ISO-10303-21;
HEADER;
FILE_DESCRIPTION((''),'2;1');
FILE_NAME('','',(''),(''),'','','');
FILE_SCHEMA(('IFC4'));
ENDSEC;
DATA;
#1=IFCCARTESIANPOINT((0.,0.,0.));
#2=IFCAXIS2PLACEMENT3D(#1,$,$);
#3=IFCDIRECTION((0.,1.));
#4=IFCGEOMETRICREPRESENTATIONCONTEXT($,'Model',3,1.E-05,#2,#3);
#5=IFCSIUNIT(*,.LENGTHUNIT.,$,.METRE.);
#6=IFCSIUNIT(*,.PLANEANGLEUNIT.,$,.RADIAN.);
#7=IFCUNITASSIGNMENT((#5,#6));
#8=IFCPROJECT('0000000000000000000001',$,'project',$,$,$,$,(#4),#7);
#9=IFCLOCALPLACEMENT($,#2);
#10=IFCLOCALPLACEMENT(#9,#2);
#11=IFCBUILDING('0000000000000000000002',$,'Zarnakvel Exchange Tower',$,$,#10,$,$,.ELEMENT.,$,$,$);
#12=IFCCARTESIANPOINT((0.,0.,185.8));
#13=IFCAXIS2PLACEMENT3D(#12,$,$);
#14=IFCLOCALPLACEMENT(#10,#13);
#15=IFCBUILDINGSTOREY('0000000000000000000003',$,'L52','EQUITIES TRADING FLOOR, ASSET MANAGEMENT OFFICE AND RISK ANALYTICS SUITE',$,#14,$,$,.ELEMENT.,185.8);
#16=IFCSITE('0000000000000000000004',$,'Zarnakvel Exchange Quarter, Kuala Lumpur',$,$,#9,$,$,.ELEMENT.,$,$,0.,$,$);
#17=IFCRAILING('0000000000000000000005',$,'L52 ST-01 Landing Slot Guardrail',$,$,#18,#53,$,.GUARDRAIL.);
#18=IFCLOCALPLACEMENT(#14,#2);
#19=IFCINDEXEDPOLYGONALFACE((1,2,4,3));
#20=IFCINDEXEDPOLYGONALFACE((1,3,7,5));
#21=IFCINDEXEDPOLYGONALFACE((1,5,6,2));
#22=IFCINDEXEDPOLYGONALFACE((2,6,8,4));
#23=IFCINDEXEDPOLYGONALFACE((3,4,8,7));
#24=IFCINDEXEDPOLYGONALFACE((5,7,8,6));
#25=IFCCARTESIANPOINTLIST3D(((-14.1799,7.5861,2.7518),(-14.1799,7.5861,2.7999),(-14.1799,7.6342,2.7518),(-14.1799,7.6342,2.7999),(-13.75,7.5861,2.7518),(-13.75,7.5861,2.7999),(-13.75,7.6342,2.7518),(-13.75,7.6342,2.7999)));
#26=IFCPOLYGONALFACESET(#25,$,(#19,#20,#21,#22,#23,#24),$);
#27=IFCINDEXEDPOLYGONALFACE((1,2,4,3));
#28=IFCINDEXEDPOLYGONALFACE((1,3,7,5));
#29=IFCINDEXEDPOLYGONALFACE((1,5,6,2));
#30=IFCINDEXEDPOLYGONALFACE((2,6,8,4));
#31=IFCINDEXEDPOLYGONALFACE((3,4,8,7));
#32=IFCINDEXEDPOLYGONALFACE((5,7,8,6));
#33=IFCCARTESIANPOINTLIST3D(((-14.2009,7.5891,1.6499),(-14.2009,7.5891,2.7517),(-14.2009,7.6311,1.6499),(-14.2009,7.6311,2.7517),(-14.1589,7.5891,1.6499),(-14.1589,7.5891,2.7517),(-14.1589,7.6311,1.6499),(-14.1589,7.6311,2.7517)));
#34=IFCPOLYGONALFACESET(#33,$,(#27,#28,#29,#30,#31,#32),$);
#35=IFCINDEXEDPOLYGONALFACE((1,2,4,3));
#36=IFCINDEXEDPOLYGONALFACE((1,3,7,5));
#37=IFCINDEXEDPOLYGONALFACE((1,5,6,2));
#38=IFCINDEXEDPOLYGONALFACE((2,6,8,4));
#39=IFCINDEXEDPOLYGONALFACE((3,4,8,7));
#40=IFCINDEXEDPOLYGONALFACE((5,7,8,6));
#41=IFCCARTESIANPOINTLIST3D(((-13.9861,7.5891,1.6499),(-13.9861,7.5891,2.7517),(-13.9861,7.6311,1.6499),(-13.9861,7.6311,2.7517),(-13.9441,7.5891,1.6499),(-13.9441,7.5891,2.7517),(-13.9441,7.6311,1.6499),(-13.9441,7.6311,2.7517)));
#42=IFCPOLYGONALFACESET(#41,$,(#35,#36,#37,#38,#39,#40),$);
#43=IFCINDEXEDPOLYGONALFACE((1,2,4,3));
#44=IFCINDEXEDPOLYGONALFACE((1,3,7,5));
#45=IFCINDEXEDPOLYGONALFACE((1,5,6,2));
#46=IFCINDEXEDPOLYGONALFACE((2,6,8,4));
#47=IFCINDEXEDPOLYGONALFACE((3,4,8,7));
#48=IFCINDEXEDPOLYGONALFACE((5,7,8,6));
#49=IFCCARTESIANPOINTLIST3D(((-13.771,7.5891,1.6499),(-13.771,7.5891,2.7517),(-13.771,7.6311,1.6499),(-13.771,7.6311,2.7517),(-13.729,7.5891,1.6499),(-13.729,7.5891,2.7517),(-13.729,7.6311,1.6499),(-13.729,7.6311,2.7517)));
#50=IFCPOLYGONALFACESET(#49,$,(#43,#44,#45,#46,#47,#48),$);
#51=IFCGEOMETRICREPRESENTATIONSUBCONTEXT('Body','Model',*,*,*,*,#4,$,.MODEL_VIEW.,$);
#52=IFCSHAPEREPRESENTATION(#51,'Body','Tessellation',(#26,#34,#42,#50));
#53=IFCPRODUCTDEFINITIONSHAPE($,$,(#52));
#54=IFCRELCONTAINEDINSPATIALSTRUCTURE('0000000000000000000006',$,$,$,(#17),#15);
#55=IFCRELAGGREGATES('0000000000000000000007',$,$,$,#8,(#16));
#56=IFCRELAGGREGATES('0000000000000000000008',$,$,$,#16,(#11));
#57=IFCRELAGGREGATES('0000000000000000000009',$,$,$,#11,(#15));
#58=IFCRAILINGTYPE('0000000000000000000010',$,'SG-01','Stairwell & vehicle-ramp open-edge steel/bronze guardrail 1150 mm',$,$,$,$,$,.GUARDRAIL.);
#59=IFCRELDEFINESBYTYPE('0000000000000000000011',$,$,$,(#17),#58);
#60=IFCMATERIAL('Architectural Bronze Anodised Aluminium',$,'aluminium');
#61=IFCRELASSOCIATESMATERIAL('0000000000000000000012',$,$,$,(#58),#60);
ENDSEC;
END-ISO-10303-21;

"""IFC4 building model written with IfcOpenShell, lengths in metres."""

from ifc_helpers import new_model, si_unit, direction, frame, origin, origin_2d, place, context, subcontext, project, spatial, rectangle, extrude, material, type_object, element, save


model = new_model("IFC4")

# Units and contexts
model_context = context("Model", 3, precision=1e-05, world=origin(), true_north=direction((0.0, 1.0)))
body_context = subcontext(model_context, "Body", "Model", "MODEL_VIEW")
ifc_project = project(units=[si_unit("LENGTHUNIT", "METRE"), si_unit("PLANEANGLEUNIT", "RADIAN")], contexts=[model_context])

# Site, building, storey
site_placement = place(None, origin())
site = spatial("IfcSite", under=ifc_project, at=site_placement, Name="Zarnakvel Exchange Quarter, Kuala Lumpur", CompositionType="ELEMENT", RefElevation=0.0)
building_placement = place(site_placement, origin())
building = spatial("IfcBuilding", under=site, at=building_placement, Name="Zarnakvel Exchange Tower", CompositionType="ELEMENT")
storey_placement = place(building_placement, frame((0.0, 0.0, 185.8)))
storey = spatial("IfcBuildingStorey", under=building, at=storey_placement, Name="L52", Description="EQUITIES TRADING FLOOR, ASSET MANAGEMENT OFFICE AND RISK ANALYTICS SUITE", CompositionType="ELEMENT", Elevation=185.8)

# Shared definitions
ifc_material_1 = material(Name="Architectural Bronze Anodised Aluminium", Category="aluminium")

# Railing
railing_type_1 = type_object("IfcRailingType", Name="SG-01", Description="Stairwell & vehicle-ramp open-edge steel/bronze guardrail 1150 mm", PredefinedType="GUARDRAIL", material=ifc_material_1)
railing_1_placement = place(storey_placement, frame((-14.1799, 7.6101, 1.6499)))
element("IfcRailing", 1, at=railing_1_placement, inside=storey, type_object=railing_type_1, Name="L52 ST-01 Landing Slot Guardrail", PredefinedType="GUARDRAIL", context=body_context, shape_type="SweptSolid", body=[
    extrude(rectangle(XDim=0.0481, YDim=0.0481, at=origin_2d()), frame((0.0, 0.0, 1.126), z_axis=(1.0, 0.0, 0.0), x_axis=(0.0, 1.0, 0.0)), (0.0, 0.0, 1.0), 0.4299),
    extrude(rectangle(XDim=0.042, YDim=0.042, at=origin_2d()), origin(), (0.0, 0.0, 1.0), 1.1018),
    extrude(rectangle(XDim=0.042, YDim=0.042, at=origin_2d()), frame((0.2148, 0.0, 0.0)), (0.0, 0.0, 1.0), 1.1018),
    extrude(rectangle(XDim=0.042, YDim=0.042, at=origin_2d()), frame((0.4299, 0.0, 0.0)), (0.0, 0.0, 1.0), 1.1018),
])

save(model, "model.ifc")
